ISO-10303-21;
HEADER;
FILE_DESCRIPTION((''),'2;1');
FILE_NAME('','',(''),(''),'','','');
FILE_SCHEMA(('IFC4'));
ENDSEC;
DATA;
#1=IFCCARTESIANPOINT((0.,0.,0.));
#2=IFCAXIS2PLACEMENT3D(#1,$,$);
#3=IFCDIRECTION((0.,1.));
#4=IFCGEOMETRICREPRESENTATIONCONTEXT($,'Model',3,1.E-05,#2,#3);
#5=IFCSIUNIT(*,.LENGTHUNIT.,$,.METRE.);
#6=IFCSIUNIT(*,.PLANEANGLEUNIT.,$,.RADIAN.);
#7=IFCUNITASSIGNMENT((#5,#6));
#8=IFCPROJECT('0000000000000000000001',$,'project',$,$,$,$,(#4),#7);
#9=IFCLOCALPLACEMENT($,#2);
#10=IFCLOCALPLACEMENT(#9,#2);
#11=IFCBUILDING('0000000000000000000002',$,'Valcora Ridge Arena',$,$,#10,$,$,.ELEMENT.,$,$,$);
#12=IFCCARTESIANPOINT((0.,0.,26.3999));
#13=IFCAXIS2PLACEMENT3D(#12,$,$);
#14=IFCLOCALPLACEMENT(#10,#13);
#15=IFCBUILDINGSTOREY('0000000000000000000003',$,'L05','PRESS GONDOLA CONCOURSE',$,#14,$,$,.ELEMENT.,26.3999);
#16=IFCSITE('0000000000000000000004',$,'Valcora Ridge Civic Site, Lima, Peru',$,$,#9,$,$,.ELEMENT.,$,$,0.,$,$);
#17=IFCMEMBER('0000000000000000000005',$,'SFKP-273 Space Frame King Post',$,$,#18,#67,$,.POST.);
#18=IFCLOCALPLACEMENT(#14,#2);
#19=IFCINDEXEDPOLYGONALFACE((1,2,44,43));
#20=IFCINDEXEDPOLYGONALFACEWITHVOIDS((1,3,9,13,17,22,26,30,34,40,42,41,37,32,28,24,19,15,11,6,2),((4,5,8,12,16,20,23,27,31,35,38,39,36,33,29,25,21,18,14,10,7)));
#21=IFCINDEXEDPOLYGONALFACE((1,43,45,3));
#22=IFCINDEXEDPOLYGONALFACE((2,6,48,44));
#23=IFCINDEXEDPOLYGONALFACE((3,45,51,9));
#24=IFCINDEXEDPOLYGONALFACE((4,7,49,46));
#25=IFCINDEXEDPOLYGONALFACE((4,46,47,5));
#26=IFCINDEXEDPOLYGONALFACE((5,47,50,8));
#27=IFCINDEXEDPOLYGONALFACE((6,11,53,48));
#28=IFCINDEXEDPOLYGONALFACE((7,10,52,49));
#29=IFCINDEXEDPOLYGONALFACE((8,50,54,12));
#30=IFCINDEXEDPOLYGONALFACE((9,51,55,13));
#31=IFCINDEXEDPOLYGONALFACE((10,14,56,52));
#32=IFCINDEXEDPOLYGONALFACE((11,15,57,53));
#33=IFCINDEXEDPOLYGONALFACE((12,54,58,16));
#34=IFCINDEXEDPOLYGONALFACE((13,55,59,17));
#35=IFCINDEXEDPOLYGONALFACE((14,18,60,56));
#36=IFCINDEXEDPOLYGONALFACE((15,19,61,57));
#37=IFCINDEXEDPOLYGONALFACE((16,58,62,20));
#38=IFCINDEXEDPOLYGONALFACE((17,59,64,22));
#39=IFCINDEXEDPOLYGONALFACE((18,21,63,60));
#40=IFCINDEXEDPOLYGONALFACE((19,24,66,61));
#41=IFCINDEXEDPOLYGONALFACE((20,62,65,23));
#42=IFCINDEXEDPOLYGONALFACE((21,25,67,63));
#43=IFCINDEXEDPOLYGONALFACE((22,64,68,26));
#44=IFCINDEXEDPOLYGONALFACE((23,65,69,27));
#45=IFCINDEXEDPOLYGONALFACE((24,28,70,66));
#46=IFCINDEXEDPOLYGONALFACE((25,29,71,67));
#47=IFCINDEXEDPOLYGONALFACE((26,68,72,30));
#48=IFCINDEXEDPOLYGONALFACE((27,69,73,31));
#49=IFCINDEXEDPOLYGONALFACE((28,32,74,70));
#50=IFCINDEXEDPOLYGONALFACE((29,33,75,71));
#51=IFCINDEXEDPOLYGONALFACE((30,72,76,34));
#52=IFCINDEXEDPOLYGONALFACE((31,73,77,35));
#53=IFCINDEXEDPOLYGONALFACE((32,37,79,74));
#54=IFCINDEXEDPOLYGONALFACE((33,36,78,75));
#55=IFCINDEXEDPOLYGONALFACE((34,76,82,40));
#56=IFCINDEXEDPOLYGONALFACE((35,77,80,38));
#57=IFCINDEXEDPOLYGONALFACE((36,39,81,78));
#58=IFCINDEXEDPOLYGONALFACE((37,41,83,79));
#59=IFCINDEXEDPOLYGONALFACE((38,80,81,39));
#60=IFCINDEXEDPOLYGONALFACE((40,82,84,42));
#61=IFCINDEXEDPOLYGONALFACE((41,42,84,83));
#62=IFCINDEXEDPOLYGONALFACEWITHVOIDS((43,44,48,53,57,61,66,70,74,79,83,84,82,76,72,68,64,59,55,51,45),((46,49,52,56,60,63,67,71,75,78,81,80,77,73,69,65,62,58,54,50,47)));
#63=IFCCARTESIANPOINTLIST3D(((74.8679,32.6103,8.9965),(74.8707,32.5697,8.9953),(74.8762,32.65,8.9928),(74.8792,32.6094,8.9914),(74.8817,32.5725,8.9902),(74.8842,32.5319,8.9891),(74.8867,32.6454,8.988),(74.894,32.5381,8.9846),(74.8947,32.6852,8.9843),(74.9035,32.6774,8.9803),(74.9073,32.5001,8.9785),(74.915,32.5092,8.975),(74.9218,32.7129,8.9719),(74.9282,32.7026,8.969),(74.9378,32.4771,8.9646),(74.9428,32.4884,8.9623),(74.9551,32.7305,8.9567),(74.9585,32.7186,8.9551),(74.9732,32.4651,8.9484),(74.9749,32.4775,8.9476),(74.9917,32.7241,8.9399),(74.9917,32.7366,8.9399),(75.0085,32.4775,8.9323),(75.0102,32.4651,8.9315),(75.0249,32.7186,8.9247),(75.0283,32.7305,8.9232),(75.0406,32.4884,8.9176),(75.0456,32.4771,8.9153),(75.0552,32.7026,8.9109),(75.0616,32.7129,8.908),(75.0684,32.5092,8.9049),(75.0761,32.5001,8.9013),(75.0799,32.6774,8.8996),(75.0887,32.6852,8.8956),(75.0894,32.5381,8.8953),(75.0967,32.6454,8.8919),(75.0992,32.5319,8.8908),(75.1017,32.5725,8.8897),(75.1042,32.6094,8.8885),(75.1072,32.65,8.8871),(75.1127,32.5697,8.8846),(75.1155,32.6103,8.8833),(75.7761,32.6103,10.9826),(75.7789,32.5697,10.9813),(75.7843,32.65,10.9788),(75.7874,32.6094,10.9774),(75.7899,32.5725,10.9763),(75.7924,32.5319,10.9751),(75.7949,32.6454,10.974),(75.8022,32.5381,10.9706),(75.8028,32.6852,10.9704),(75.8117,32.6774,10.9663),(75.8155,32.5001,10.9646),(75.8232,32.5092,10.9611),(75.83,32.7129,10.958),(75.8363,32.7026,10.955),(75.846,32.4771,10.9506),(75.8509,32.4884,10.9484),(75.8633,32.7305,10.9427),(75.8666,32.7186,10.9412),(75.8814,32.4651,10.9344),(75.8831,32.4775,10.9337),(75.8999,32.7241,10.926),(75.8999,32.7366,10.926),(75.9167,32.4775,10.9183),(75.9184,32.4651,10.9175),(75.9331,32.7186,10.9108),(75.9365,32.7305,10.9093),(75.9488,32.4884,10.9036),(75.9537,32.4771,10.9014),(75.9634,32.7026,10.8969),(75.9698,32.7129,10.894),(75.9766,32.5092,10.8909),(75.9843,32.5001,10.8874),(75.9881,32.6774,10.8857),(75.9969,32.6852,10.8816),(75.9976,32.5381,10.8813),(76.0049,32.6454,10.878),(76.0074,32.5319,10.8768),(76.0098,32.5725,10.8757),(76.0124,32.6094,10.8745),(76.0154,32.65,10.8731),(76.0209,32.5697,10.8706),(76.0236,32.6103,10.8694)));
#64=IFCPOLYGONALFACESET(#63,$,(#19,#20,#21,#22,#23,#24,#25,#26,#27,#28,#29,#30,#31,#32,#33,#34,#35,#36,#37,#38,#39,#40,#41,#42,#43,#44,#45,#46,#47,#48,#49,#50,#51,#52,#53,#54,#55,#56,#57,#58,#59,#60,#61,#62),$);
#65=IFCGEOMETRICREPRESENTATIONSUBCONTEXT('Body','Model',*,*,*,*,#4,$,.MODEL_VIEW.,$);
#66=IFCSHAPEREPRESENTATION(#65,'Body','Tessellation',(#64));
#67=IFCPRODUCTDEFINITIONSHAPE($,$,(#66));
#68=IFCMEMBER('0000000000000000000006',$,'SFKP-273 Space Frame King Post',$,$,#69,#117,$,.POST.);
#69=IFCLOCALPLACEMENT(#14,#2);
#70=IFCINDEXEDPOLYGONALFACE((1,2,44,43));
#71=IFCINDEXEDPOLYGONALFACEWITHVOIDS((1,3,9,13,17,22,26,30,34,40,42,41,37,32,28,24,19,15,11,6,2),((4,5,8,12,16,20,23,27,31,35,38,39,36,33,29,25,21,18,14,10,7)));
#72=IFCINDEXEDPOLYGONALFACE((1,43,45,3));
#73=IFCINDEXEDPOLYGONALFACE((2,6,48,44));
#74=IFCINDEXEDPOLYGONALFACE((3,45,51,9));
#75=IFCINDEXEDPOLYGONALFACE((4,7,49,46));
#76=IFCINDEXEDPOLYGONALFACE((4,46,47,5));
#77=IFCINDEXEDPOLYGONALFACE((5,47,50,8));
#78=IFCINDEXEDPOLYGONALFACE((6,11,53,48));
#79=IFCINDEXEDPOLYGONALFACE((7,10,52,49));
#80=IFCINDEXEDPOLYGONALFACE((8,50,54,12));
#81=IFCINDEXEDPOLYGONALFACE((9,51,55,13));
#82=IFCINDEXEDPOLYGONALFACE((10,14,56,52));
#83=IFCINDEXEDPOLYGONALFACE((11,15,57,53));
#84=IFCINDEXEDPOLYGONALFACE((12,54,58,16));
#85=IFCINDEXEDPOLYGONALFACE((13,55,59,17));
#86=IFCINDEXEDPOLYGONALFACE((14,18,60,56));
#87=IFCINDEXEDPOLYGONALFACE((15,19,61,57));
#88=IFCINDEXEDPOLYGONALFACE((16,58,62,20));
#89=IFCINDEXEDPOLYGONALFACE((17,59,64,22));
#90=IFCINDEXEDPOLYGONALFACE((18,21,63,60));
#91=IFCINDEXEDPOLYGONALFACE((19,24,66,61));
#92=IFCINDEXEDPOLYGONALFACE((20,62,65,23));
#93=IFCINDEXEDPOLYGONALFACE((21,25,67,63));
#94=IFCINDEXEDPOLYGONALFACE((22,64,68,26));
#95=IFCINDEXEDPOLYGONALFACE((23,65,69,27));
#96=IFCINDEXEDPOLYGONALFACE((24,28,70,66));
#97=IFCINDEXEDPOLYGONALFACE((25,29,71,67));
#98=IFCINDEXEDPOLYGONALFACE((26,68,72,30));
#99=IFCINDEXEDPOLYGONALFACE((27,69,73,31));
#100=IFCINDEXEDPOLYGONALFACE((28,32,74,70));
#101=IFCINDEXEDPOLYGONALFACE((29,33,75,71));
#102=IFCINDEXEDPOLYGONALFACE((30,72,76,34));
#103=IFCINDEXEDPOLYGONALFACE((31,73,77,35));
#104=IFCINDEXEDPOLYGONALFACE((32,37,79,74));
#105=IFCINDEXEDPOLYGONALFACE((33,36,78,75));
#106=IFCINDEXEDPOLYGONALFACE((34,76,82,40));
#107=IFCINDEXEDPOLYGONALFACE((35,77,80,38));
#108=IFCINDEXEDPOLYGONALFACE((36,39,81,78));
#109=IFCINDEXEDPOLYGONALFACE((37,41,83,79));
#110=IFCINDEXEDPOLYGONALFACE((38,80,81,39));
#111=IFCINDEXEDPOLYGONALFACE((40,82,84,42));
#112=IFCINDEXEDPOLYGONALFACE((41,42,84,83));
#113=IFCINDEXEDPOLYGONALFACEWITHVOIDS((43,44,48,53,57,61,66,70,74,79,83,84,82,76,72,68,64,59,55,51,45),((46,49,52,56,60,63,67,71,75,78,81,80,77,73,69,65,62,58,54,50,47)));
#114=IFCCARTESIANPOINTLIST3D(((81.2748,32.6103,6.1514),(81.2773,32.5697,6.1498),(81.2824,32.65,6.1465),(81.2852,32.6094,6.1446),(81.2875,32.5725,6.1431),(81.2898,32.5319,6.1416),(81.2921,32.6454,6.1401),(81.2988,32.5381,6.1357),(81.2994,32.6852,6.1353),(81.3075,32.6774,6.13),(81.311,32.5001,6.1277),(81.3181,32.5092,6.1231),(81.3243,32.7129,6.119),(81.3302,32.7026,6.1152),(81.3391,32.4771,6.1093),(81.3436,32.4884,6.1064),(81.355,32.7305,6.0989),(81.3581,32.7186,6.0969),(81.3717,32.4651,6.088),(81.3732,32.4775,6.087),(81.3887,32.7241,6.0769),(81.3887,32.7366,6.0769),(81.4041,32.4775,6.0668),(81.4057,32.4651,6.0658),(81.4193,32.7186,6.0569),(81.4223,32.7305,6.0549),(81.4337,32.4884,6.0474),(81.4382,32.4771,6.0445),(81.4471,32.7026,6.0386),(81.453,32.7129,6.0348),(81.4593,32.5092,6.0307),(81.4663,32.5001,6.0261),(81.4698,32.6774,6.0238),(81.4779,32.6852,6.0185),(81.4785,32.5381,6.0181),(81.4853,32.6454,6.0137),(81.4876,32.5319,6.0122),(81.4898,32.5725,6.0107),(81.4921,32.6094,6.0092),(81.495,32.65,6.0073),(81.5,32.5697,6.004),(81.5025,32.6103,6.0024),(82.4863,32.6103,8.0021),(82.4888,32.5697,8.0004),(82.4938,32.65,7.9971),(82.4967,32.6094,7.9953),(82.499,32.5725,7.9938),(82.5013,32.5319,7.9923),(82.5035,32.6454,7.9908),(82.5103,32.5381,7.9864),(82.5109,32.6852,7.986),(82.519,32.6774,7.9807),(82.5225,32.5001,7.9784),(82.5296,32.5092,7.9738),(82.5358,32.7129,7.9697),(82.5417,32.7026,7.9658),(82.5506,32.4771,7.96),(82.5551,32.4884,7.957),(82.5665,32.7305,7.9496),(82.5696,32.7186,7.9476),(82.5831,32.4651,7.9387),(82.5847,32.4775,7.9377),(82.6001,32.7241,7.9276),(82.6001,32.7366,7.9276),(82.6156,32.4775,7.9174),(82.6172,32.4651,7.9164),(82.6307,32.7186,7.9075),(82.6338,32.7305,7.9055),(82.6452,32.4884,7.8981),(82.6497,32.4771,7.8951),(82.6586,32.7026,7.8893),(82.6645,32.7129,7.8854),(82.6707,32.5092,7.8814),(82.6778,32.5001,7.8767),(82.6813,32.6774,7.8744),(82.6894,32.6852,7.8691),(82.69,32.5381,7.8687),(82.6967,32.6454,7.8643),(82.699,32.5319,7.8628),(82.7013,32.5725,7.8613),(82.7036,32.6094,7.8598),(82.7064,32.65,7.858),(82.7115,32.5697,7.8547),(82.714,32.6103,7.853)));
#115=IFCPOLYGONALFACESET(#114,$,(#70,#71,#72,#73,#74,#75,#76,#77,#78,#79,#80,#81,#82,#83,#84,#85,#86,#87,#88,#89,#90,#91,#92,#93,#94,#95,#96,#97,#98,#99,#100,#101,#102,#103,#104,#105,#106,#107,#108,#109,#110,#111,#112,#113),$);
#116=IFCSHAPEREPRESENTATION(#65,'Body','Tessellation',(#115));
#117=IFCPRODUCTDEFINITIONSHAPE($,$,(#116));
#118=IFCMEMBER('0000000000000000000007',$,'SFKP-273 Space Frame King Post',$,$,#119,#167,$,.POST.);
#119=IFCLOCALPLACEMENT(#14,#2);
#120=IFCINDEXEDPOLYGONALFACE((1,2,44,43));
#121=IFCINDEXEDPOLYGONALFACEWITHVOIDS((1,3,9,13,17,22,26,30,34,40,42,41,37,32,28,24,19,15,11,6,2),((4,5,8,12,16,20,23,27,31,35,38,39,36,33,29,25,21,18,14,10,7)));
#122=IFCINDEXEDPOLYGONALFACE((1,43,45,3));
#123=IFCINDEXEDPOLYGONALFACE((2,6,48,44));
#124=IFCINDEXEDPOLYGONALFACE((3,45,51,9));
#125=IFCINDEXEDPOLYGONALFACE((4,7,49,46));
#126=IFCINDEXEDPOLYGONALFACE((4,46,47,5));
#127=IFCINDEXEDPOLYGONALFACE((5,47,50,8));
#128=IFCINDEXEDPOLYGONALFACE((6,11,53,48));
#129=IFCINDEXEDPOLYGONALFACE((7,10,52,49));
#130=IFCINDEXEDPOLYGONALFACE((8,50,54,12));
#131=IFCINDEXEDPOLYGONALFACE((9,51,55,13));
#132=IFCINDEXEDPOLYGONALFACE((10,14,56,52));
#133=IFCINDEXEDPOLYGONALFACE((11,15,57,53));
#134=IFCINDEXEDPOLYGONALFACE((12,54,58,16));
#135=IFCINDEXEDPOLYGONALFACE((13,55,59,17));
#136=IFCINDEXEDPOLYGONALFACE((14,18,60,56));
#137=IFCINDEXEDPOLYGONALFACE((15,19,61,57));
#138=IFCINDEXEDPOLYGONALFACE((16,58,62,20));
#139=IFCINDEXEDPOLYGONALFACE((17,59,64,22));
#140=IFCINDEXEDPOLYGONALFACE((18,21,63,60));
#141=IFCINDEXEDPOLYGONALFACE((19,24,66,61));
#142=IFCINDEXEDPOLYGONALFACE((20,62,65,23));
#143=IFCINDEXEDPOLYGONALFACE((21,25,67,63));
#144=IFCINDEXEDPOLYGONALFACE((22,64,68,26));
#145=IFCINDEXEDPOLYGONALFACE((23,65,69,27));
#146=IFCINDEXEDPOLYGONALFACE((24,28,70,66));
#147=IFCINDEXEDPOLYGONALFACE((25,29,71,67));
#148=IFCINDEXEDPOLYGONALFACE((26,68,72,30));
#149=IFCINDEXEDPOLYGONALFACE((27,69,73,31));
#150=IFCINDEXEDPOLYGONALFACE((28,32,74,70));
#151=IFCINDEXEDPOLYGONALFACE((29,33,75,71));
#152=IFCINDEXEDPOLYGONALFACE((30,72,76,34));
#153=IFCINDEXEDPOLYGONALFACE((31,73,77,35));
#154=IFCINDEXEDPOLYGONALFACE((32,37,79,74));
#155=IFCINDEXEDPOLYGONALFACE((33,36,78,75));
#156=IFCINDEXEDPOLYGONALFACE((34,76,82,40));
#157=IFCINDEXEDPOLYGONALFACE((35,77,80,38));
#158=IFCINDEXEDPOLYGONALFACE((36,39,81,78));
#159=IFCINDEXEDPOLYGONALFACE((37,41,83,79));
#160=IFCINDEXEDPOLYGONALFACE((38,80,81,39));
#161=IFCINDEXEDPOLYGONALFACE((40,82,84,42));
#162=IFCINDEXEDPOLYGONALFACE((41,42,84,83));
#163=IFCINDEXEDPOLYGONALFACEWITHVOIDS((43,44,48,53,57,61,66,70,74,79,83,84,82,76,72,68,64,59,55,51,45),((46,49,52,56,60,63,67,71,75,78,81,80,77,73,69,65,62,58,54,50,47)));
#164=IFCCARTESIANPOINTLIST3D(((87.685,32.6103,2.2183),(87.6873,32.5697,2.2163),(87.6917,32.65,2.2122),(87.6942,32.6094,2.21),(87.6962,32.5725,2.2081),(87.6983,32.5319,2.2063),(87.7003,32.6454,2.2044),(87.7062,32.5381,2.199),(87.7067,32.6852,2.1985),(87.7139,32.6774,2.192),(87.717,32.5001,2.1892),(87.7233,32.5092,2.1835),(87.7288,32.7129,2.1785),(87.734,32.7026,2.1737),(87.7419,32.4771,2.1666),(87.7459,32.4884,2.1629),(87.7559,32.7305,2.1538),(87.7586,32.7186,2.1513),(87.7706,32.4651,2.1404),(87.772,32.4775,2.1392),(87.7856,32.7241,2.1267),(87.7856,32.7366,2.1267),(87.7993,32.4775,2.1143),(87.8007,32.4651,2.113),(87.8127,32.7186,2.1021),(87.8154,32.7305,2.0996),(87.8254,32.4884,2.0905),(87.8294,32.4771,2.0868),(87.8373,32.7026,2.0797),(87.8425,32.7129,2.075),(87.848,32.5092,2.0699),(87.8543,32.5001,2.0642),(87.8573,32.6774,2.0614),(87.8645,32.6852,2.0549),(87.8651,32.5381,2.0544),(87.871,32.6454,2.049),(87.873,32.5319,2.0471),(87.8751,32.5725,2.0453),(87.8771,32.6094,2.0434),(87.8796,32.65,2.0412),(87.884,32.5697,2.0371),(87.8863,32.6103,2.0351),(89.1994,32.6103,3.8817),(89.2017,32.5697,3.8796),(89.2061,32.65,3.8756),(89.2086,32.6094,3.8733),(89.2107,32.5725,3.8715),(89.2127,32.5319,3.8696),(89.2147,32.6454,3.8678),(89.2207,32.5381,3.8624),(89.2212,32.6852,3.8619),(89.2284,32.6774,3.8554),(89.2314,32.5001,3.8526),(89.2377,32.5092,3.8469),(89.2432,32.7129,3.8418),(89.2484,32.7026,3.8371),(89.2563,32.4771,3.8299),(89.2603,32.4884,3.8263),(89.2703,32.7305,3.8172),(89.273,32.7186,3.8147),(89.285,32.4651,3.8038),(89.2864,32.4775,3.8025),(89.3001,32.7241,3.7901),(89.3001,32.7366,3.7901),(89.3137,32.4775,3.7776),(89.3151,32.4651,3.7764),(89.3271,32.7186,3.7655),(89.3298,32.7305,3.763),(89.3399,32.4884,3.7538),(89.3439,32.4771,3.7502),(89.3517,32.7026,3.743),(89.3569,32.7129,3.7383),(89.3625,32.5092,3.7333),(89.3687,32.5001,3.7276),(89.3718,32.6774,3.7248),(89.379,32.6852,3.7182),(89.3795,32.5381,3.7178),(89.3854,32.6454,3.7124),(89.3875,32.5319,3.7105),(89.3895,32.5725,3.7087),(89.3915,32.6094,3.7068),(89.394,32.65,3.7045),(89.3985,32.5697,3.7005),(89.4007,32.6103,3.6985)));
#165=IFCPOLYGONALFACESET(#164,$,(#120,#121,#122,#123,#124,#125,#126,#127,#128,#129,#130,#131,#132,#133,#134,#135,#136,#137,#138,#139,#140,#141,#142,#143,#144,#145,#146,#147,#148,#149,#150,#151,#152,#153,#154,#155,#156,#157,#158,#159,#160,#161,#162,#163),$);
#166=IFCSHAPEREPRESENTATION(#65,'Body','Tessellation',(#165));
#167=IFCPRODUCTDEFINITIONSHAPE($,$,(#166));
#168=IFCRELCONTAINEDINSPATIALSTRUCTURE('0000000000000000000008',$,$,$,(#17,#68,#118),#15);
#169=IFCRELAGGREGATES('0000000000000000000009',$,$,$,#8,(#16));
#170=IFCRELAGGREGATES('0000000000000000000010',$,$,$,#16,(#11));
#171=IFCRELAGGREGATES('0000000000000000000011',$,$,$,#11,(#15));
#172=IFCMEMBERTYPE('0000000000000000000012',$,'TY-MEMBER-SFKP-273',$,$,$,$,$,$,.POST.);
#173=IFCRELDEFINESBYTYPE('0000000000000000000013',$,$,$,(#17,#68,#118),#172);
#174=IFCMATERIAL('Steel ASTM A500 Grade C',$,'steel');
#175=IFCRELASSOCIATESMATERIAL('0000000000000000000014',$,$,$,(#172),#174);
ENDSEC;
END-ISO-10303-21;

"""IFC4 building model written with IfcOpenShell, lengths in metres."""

from ifc_helpers import new_model, si_unit, direction, frame, origin, origin_2d, place, context, subcontext, project, spatial, hollow_circle, extrude, material, material_profile, profile_set, type_object, element, save


model = new_model("IFC4")

# Units and contexts
model_context = context("Model", 3, precision=1e-05, world=origin(), true_north=direction((0.0, 1.0)))
body_context = subcontext(model_context, "Body", "Model", "MODEL_VIEW")
ifc_project = project(units=[si_unit("LENGTHUNIT", "METRE"), si_unit("PLANEANGLEUNIT", "RADIAN")], contexts=[model_context])

# Site, building, storey
site_placement = place(None, origin())
site = spatial("IfcSite", under=ifc_project, at=site_placement, Name="Valcora Ridge Civic Site, Lima, Peru", CompositionType="ELEMENT", RefElevation=0.0)
building_placement = place(site_placement, origin())
building = spatial("IfcBuilding", under=site, at=building_placement, Name="Valcora Ridge Arena", CompositionType="ELEMENT")
storey_placement = place(building_placement, frame((0.0, 0.0, 26.3999)))
storey = spatial("IfcBuildingStorey", under=building, at=storey_placement, Name="L05", Description="PRESS GONDOLA CONCOURSE", CompositionType="ELEMENT", Elevation=26.3999)

# Members
ifc_material_1 = material(Name="Steel ASTM A500 Grade C", Category="steel")
ifc_material_profile_1 = material_profile(ifc_material_1, hollow_circle(Radius=0.1365, WallThickness=0.0125, at=origin_2d()), Name="CHS273X12")
ifc_profile_set_1 = profile_set([ifc_material_profile_1], Name="Steel ASTM A500 Grade C")
member_type_1 = type_object("IfcMemberType", Name="TY-MEMBER-SFKP-273", PredefinedType="POST", material=ifc_profile_set_1)
member_1_placement = place(storey_placement, frame((74.9917, 32.6001, 8.9399), z_axis=(0.415865, 0.0, 0.909426), x_axis=(0.0, 1.0, 0.0)))
element("IfcMember", 1, at=member_1_placement, inside=storey, type_object=member_type_1, Name="SFKP-273 Space Frame King Post", PredefinedType="POST", context=body_context, shape_type="SweptSolid", body=[
    extrude(hollow_circle(Radius=0.1365, WallThickness=0.0125, at=origin_2d()), origin(), (0.0, 0.0, 1.0), 2.1838),
])
member_2_placement = place(storey_placement, frame((81.3887, 32.6001, 6.0769), z_axis=(0.547701, 0.0, 0.836674), x_axis=(0.0, 1.0, 0.0)))
element("IfcMember", 2, at=member_2_placement, inside=storey, type_object=member_type_1, Name="SFKP-273 Space Frame King Post", PredefinedType="POST", context=body_context, shape_type="SweptSolid", body=[
    extrude(hollow_circle(Radius=0.1365, WallThickness=0.0125, at=origin_2d()), origin(), (0.0, 0.0, 1.0), 2.2119),
])
member_3_placement = place(storey_placement, frame((87.7856, 32.6001, 2.1267), z_axis=(0.673229, 0.0, 0.739434), x_axis=(0.0, 1.0, 0.0)))
element("IfcMember", 3, at=member_3_placement, inside=storey, type_object=member_type_1, Name="SFKP-273 Space Frame King Post", PredefinedType="POST", context=body_context, shape_type="SweptSolid", body=[
    extrude(hollow_circle(Radius=0.1365, WallThickness=0.0125, at=origin_2d()), origin(), (0.0, 0.0, 1.0), 2.2495),
])

save(model, "model.ifc")
